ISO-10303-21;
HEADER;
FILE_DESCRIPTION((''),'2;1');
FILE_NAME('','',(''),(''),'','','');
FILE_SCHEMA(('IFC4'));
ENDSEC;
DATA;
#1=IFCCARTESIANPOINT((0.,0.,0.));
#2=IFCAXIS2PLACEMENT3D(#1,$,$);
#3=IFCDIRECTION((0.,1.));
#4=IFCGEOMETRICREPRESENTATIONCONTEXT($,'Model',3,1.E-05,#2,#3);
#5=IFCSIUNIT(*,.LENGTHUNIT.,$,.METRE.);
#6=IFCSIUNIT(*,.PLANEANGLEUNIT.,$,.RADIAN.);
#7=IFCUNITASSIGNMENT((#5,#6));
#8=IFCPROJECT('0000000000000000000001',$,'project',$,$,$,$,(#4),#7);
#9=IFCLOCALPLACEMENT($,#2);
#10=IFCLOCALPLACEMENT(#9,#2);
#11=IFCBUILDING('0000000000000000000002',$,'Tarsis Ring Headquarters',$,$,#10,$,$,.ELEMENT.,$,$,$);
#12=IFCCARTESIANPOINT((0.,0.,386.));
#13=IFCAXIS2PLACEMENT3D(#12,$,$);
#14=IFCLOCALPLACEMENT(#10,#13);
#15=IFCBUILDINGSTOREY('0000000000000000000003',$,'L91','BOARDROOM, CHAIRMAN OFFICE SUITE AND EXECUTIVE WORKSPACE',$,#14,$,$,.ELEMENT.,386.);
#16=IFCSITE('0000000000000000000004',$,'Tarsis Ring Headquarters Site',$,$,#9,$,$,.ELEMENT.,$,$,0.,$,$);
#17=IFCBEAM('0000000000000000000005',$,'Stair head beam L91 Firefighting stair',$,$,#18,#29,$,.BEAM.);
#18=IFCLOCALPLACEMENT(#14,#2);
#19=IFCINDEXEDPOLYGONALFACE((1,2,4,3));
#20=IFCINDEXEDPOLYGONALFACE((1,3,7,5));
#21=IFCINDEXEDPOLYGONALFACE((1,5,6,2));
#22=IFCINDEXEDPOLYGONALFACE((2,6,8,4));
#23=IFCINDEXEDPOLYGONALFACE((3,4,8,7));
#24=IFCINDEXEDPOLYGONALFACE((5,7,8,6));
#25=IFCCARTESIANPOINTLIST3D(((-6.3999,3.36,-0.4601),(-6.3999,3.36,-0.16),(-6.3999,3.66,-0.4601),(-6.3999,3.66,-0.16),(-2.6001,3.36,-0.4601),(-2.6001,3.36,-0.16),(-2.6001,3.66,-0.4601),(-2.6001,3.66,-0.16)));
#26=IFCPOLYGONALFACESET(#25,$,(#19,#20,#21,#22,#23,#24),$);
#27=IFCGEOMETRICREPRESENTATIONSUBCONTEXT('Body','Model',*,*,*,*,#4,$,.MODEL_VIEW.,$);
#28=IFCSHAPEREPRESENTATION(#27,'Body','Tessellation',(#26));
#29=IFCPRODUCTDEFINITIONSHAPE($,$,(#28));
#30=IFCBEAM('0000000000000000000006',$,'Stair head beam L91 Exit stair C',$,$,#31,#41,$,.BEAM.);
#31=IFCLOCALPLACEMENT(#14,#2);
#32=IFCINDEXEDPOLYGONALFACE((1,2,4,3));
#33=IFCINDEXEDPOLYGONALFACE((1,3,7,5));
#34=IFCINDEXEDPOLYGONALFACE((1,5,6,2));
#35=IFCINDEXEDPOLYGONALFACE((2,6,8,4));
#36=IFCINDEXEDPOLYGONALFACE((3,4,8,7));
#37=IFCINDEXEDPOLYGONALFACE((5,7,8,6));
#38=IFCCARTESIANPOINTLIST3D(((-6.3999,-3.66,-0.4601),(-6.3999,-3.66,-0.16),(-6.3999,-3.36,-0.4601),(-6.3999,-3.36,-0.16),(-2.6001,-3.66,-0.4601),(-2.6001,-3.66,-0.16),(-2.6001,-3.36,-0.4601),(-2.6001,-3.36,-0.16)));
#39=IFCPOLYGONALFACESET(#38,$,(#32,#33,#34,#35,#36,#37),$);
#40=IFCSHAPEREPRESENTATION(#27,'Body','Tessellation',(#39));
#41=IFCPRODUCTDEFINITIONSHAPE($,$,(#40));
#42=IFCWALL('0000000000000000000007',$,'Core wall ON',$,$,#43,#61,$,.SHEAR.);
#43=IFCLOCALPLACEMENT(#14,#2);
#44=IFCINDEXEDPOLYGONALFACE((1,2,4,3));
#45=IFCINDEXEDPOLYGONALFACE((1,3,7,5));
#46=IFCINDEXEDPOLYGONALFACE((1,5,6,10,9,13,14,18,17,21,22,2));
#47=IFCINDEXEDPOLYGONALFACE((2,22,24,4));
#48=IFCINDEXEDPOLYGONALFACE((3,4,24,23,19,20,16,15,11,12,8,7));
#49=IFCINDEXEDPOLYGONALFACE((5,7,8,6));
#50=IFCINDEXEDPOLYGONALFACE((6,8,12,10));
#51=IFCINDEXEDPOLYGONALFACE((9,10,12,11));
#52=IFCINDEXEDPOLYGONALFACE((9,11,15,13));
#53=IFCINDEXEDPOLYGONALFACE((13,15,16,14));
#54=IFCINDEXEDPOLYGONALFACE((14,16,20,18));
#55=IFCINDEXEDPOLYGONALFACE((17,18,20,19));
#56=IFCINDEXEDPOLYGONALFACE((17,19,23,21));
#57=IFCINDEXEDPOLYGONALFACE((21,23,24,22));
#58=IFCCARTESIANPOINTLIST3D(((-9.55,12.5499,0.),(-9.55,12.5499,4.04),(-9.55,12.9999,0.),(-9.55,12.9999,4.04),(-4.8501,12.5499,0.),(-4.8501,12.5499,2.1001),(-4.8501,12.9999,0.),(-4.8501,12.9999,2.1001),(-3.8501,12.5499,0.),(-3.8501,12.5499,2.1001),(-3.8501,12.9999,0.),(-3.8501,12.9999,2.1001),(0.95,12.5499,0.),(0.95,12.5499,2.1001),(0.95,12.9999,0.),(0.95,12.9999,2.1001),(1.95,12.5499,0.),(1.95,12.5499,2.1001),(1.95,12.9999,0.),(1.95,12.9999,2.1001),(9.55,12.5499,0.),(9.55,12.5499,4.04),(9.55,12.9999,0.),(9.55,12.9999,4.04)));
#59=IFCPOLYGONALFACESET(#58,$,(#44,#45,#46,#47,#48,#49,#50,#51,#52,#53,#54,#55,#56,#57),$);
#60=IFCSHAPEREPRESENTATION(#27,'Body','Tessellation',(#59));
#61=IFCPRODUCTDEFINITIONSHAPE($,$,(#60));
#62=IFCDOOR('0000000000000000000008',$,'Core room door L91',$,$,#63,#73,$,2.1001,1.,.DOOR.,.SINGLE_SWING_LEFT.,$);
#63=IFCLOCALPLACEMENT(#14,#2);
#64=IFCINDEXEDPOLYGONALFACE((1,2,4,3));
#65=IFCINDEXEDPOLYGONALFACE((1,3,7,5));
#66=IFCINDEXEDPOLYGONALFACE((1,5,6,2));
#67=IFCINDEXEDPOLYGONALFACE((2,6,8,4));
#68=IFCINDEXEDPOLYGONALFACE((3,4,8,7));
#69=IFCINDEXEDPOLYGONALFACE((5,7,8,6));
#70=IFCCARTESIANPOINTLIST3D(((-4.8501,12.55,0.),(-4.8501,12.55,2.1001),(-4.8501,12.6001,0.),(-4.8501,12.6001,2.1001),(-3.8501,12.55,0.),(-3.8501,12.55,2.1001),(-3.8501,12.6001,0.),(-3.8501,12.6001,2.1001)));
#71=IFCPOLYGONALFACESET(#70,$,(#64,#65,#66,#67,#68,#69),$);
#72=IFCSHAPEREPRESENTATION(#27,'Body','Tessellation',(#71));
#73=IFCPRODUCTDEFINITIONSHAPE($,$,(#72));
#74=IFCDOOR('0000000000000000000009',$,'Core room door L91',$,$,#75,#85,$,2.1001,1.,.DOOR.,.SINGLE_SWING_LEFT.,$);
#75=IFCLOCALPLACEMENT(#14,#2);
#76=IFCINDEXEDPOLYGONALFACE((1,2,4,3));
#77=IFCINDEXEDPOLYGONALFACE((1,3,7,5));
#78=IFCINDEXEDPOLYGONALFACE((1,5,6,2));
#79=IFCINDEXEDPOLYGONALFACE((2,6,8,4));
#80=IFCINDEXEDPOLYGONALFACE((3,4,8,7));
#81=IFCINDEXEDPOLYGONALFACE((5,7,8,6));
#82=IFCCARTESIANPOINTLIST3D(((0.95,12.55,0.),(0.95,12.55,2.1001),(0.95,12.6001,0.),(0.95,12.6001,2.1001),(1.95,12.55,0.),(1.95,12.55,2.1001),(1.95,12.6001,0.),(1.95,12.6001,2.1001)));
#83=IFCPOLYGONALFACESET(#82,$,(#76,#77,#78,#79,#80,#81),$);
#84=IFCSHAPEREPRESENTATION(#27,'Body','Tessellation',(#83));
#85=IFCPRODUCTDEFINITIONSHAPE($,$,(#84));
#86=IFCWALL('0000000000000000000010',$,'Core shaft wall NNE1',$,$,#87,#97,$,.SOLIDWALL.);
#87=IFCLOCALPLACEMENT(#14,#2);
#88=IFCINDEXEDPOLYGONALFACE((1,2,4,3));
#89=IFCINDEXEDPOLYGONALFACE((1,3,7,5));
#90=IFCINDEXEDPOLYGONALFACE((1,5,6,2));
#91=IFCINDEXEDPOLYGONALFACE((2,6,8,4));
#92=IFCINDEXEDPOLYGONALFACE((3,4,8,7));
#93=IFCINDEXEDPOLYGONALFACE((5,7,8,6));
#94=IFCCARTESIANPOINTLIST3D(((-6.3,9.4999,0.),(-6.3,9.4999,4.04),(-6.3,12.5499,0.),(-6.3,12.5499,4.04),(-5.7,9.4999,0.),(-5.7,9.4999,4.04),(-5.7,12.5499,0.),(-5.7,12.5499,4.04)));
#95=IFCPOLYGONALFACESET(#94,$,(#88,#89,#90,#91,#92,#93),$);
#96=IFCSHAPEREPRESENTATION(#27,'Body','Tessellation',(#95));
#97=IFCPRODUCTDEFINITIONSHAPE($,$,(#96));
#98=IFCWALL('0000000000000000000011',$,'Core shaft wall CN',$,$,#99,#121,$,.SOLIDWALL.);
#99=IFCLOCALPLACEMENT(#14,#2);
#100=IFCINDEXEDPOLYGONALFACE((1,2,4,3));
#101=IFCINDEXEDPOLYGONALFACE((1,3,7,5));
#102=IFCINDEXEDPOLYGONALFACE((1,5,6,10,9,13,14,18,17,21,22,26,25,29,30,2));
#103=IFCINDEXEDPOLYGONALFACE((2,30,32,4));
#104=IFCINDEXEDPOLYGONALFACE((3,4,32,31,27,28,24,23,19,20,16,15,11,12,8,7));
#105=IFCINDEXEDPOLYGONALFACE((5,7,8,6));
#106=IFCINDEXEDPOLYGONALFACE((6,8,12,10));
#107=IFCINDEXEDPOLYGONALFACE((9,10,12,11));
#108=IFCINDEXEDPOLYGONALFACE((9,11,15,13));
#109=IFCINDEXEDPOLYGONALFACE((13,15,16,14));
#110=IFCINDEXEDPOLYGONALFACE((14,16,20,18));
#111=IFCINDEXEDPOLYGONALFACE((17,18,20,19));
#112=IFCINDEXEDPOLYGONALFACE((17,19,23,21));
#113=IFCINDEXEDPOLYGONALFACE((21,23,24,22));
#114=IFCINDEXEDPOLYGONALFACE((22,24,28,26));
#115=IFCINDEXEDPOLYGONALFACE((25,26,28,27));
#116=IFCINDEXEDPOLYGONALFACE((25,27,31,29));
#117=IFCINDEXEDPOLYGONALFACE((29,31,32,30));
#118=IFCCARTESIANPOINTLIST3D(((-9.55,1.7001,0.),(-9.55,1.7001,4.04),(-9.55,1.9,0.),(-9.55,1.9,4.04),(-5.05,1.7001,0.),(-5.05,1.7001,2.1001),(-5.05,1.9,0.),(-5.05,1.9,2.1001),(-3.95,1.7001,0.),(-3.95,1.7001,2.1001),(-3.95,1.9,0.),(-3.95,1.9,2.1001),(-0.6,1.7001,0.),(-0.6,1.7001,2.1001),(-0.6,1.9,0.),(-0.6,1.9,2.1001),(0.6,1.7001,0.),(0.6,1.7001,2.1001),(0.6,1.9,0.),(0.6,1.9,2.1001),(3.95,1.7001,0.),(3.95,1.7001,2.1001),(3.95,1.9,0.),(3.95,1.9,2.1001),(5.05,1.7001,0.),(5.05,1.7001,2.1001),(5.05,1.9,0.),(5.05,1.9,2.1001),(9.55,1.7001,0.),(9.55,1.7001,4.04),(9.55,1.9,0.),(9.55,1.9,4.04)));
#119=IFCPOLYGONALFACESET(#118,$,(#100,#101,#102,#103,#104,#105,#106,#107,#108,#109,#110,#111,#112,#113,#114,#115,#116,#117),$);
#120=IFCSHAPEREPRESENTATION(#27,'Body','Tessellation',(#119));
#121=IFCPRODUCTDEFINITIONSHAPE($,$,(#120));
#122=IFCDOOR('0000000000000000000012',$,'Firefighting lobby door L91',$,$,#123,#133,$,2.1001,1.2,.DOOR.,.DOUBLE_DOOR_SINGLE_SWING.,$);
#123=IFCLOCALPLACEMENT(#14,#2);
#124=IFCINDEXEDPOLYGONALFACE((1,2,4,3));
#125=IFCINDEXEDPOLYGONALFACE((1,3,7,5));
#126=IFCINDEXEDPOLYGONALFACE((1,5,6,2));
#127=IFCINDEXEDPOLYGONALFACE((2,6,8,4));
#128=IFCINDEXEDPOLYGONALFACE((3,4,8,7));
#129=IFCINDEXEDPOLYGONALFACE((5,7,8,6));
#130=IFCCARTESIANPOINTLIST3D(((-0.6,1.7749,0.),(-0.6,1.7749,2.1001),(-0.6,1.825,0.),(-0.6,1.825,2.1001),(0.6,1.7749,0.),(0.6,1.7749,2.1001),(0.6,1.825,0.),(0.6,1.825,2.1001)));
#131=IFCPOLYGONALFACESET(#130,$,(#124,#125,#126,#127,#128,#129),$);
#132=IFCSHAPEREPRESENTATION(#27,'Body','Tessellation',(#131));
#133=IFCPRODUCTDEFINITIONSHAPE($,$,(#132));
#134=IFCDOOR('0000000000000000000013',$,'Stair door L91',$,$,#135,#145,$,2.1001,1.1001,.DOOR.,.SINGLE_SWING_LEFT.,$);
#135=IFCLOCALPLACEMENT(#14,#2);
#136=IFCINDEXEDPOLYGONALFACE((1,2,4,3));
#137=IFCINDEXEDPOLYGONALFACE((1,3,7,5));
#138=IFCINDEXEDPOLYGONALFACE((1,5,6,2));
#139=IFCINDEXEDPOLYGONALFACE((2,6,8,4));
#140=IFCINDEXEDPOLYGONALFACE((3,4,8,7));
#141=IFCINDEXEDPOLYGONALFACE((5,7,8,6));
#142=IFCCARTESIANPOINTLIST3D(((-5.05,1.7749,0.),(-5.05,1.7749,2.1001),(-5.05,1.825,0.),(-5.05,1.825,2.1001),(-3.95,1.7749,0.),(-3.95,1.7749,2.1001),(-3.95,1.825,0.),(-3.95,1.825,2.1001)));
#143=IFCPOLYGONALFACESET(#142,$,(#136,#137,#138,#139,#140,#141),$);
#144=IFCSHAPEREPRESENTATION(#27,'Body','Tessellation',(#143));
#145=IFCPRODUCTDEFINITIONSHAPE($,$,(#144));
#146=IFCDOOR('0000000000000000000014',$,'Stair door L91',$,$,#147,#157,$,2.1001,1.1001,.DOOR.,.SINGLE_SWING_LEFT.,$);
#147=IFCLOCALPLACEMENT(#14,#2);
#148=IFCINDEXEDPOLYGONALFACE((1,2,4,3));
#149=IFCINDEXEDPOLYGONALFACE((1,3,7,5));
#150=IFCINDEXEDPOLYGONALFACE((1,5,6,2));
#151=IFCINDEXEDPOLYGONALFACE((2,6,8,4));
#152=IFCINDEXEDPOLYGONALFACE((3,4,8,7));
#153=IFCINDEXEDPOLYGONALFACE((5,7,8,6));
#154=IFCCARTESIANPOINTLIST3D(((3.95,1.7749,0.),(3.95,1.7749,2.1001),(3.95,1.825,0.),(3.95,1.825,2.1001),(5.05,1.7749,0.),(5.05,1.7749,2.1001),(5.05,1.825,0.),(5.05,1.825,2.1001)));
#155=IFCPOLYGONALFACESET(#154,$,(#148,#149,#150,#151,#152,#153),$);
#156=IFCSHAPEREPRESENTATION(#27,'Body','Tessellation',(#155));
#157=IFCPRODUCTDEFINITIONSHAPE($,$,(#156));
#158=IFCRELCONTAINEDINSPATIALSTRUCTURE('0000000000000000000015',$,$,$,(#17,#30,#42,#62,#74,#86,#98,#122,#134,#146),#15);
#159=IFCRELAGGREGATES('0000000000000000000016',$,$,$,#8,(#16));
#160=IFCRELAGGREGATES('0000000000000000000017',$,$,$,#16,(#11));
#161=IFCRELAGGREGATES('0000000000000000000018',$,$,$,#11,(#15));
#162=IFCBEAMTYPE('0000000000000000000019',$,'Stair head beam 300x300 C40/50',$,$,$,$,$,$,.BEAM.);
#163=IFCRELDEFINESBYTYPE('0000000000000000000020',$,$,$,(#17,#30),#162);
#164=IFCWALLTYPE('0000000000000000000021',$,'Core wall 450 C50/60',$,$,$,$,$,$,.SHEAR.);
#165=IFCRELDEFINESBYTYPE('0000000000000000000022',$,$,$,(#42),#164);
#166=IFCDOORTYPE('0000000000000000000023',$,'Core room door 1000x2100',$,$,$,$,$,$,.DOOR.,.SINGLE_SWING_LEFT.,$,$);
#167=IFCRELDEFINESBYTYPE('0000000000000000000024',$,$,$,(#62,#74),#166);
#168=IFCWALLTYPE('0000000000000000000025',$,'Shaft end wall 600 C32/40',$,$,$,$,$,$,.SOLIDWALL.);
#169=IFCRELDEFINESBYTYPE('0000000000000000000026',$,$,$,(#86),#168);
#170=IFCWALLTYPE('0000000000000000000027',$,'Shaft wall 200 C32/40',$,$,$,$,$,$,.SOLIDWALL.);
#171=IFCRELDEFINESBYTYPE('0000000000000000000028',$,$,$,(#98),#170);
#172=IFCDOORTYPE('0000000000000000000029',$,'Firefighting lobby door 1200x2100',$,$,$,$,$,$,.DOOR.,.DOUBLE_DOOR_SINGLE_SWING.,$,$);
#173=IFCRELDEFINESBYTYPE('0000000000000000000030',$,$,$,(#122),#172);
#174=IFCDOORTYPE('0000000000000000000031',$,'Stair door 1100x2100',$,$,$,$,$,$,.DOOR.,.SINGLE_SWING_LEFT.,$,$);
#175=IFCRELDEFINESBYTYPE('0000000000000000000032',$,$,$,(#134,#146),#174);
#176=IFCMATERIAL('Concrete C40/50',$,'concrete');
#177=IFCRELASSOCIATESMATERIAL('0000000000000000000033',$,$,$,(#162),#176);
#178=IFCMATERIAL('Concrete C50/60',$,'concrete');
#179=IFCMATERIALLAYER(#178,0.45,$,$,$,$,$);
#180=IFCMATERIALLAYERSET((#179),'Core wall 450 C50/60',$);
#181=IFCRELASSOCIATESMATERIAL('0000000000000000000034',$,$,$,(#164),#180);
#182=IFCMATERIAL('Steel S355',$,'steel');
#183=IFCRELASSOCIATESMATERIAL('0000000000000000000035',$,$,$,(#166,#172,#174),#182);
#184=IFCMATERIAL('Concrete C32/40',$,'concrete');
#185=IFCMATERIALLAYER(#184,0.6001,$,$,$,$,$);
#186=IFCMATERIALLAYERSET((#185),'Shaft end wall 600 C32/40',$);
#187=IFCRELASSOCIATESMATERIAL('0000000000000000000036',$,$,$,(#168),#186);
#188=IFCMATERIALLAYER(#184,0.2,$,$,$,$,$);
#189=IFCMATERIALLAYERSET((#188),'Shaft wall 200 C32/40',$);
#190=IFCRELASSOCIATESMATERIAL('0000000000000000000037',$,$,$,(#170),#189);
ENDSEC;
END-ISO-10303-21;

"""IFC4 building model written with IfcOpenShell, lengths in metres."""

from ifc_helpers import new_model, si_unit, direction, frame, frame_2d, origin, origin_2d, place, context, subcontext, project, spatial, rectangle, extrude, material, layer, layer_set, material_profile, profile_set, type_object, element, fill, save


model = new_model("IFC4")

# Units and contexts
model_context = context("Model", 3, precision=1e-05, world=origin(), true_north=direction((0.0, 1.0)))
body_context = subcontext(model_context, "Body", "Model", "MODEL_VIEW")
ifc_project = project(units=[si_unit("LENGTHUNIT", "METRE"), si_unit("PLANEANGLEUNIT", "RADIAN")], contexts=[model_context])

# Site, building, storey
site_placement = place(None, origin())
site = spatial("IfcSite", under=ifc_project, at=site_placement, Name="Tarsis Ring Headquarters Site", CompositionType="ELEMENT", RefElevation=0.0)
building_placement = place(site_placement, origin())
building = spatial("IfcBuilding", under=site, at=building_placement, Name="Tarsis Ring Headquarters", CompositionType="ELEMENT")
storey_placement = place(building_placement, frame((0.0, 0.0, 386.0)))
storey = spatial("IfcBuildingStorey", under=building, at=storey_placement, Name="L91", Description="BOARDROOM, CHAIRMAN OFFICE SUITE AND EXECUTIVE WORKSPACE", CompositionType="ELEMENT", Elevation=386.0)

# Beams
ifc_material_1 = material(Name="Concrete C40/50", Category="concrete")
ifc_material_profile = material_profile(ifc_material_1, rectangle(XDim=0.3, YDim=0.3, at=origin_2d()), Name="Stair head beam 300x300 C40/50")
ifc_profile_set = profile_set([ifc_material_profile], Name="Concrete C40/50")
beam_type = type_object("IfcBeamType", Name="Stair head beam 300x300 C40/50", PredefinedType="BEAM", material=ifc_profile_set)
for number, where, z_axis, x_axis, name in (
    (1, (-6.3999, 3.51, -0.3101), (1.0, 0.0, 0.0), (0.0, 1.0, 0.0), "Stair head beam L91 Firefighting stair"),
    (2, (-6.3999, -3.51, -0.3101), (1.0, 0.0, 0.0), (0.0, 1.0, 0.0), "Stair head beam L91 Exit stair C"),
):
    element("IfcBeam", number, at=place(storey_placement, frame(where, z_axis=z_axis, x_axis=x_axis)), inside=storey, type_object=beam_type, Name=name, PredefinedType="BEAM", context=body_context, shape_type="SweptSolid", body=[
        extrude(rectangle(XDim=0.3, YDim=0.3, at=origin_2d()), origin(), (0.0, 0.0, 1.0), 3.7998),
    ])

# Wall, openings, doors
ifc_material_2 = material(Name="Concrete C50/60", Category="concrete")
ifc_layer_1 = layer(ifc_material_2, 0.45)
ifc_layer_set_1 = layer_set([ifc_layer_1], Name="Core wall 450 C50/60")
wall_type_1 = type_object("IfcWallType", Name="Core wall 450 C50/60", PredefinedType="SHEAR", material=ifc_layer_set_1)
wall_1_placement = place(storey_placement, frame((-9.55, 12.7749, 0.0), z_axis=(0.0, 0.0, 1.0), x_axis=(1.0, 0.0, 0.0)))
wall_1 = element("IfcWall", 3, at=wall_1_placement, inside=storey, type_object=wall_type_1, Name="Core wall ON", PredefinedType="SHEAR", context=body_context, shape_type="SweptSolid", body=[
    extrude(rectangle(XDim=19.1001, YDim=0.45, at=frame_2d((9.55, 0.0))), origin(), (0.0, 0.0, 1.0), 4.04),
])
opening_1_placement = place(wall_1_placement, frame((4.7, 0.0, 0.0)))
opening_1 = element("IfcOpeningElement", 4, at=opening_1_placement, cuts=wall_1, PredefinedType="OPENING", context=body_context, shape_type="SweptSolid", body=[
    extrude(rectangle(XDim=1.0, YDim=2.1001, at=frame_2d((0.5, 1.05))), frame((0.0, 0.2349, 0.0), z_axis=(0.0, -1.0, 0.0), x_axis=(1.0, 0.0, 0.0)), (0.0, 0.0, 1.0), 0.47),
])
opening_2_placement = place(wall_1_placement, frame((10.5, 0.0, 0.0)))
opening_2 = element("IfcOpeningElement", 5, at=opening_2_placement, cuts=wall_1, PredefinedType="OPENING", context=body_context, shape_type="SweptSolid", body=[
    extrude(rectangle(XDim=1.0, YDim=2.1001, at=frame_2d((0.5, 1.05))), frame((0.0, 0.2349, 0.0), z_axis=(0.0, -1.0, 0.0), x_axis=(1.0, 0.0, 0.0)), (0.0, 0.0, 1.0), 0.47),
])
ifc_material_3 = material(Name="Steel S355", Category="steel")
door_type_1 = type_object("IfcDoorType", Name="Core room door 1000x2100", OperationType="SINGLE_SWING_LEFT", PredefinedType="DOOR", material=ifc_material_3)
door_1_placement = place(opening_1_placement, origin())
door_1 = element("IfcDoor", 6, at=door_1_placement, inside=storey, type_object=door_type_1, Name="Core room door L91", OperationType="SINGLE_SWING_LEFT", OverallHeight=2.1001, OverallWidth=1.0, PredefinedType="DOOR", context=body_context, shape_type="SweptSolid", body=[
    extrude(rectangle(XDim=1.0, YDim=2.1001, at=frame_2d((0.5, 1.05))), frame((0.0, -0.1748, 0.0), z_axis=(0.0, -1.0, 0.0), x_axis=(1.0, 0.0, 0.0)), (0.0, 0.0, 1.0), 0.05),
])
fill(opening_1, door_1)
door_2_placement = place(opening_2_placement, origin())
door_2 = element("IfcDoor", 7, at=door_2_placement, inside=storey, type_object=door_type_1, Name="Core room door L91", OperationType="SINGLE_SWING_LEFT", OverallHeight=2.1001, OverallWidth=1.0, PredefinedType="DOOR", context=body_context, shape_type="SweptSolid", body=[
    extrude(rectangle(XDim=1.0, YDim=2.1001, at=frame_2d((0.5, 1.05))), frame((0.0, -0.1748, 0.0), z_axis=(0.0, -1.0, 0.0), x_axis=(1.0, 0.0, 0.0)), (0.0, 0.0, 1.0), 0.05),
])
fill(opening_2, door_2)

# Wall
ifc_material_4 = material(Name="Concrete C32/40", Category="concrete")
ifc_layer_2 = layer(ifc_material_4, 0.6001)
ifc_layer_set_2 = layer_set([ifc_layer_2], Name="Shaft end wall 600 C32/40")
wall_type_2 = type_object("IfcWallType", Name="Shaft end wall 600 C32/40", PredefinedType="SOLIDWALL", material=ifc_layer_set_2)
wall_2_placement = place(storey_placement, frame((-6.0, 9.5, 0.0), z_axis=(0.0, 0.0, 1.0), x_axis=(0.0, 1.0, 0.0)))
element("IfcWall", 8, at=wall_2_placement, inside=storey, type_object=wall_type_2, Name="Core shaft wall NNE1", PredefinedType="SOLIDWALL", context=body_context, shape_type="SweptSolid", body=[
    extrude(rectangle(XDim=3.05, YDim=0.6001, at=frame_2d((1.5249, 0.0))), origin(), (0.0, 0.0, 1.0), 4.04),
])

# Wall, openings, doors
ifc_layer_3 = layer(ifc_material_4, 0.2)
ifc_layer_set_3 = layer_set([ifc_layer_3], Name="Shaft wall 200 C32/40")
wall_type_3 = type_object("IfcWallType", Name="Shaft wall 200 C32/40", PredefinedType="SOLIDWALL", material=ifc_layer_set_3)
wall_3_placement = place(storey_placement, frame((-9.55, 1.8, 0.0), z_axis=(0.0, 0.0, 1.0), x_axis=(1.0, 0.0, 0.0)))
wall_3 = element("IfcWall", 9, at=wall_3_placement, inside=storey, type_object=wall_type_3, Name="Core shaft wall CN", PredefinedType="SOLIDWALL", context=body_context, shape_type="SweptSolid", body=[
    extrude(rectangle(XDim=19.1001, YDim=0.2, at=frame_2d((9.55, 0.0))), origin(), (0.0, 0.0, 1.0), 4.04),
])
opening_3_placement = place(wall_3_placement, frame((4.5, 0.0, 0.0)))
opening_3 = element("IfcOpeningElement", 10, at=opening_3_placement, cuts=wall_3, PredefinedType="OPENING", context=body_context, shape_type="SweptSolid", body=[
    extrude(rectangle(XDim=1.1001, YDim=2.1001, at=frame_2d((0.55, 1.05))), frame((0.0, 0.1099, 0.0), z_axis=(0.0, -1.0, 0.0), x_axis=(1.0, 0.0, 0.0)), (0.0, 0.0, 1.0), 0.22),
])
opening_4_placement = place(wall_3_placement, frame((8.95, 0.0, 0.0)))
opening_4 = element("IfcOpeningElement", 11, at=opening_4_placement, cuts=wall_3, PredefinedType="OPENING", context=body_context, shape_type="SweptSolid", body=[
    extrude(rectangle(XDim=1.2, YDim=2.1001, at=frame_2d((0.6001, 1.05))), frame((0.0, 0.1099, 0.0), z_axis=(0.0, -1.0, 0.0), x_axis=(1.0, 0.0, 0.0)), (0.0, 0.0, 1.0), 0.22),
])
opening_5_placement = place(wall_3_placement, frame((13.5, 0.0, 0.0)))
opening_5 = element("IfcOpeningElement", 12, at=opening_5_placement, cuts=wall_3, PredefinedType="OPENING", context=body_context, shape_type="SweptSolid", body=[
    extrude(rectangle(XDim=1.1001, YDim=2.1001, at=frame_2d((0.55, 1.05))), frame((0.0, 0.1099, 0.0), z_axis=(0.0, -1.0, 0.0), x_axis=(1.0, 0.0, 0.0)), (0.0, 0.0, 1.0), 0.22),
])
door_type_2 = type_object("IfcDoorType", Name="Firefighting lobby door 1200x2100", OperationType="DOUBLE_DOOR_SINGLE_SWING", PredefinedType="DOOR", material=ifc_material_3)
door_3_placement = place(opening_4_placement, origin())
door_3 = element("IfcDoor", 13, at=door_3_placement, inside=storey, type_object=door_type_2, Name="Firefighting lobby door L91", OperationType="DOUBLE_DOOR_SINGLE_SWING", OverallHeight=2.1001, OverallWidth=1.2, PredefinedType="DOOR", context=body_context, shape_type="SweptSolid", body=[
    extrude(rectangle(XDim=1.2, YDim=2.1001, at=frame_2d((0.6001, 1.05))), frame((0.0, 0.0249, 0.0), z_axis=(0.0, -1.0, 0.0), x_axis=(1.0, 0.0, 0.0)), (0.0, 0.0, 1.0), 0.05),
])
fill(opening_4, door_3)
door_type_3 = type_object("IfcDoorType", Name="Stair door 1100x2100", OperationType="SINGLE_SWING_LEFT", PredefinedType="DOOR", material=ifc_material_3)
door_4_placement = place(opening_3_placement, origin())
door_4 = element("IfcDoor", 14, at=door_4_placement, inside=storey, type_object=door_type_3, Name="Stair door L91", OperationType="SINGLE_SWING_LEFT", OverallHeight=2.1001, OverallWidth=1.1001, PredefinedType="DOOR", context=body_context, shape_type="SweptSolid", body=[
    extrude(rectangle(XDim=1.1001, YDim=2.1001, at=frame_2d((0.55, 1.05))), frame((0.0, 0.0249, 0.0), z_axis=(0.0, -1.0, 0.0), x_axis=(1.0, 0.0, 0.0)), (0.0, 0.0, 1.0), 0.05),
])
fill(opening_3, door_4)
door_5_placement = place(opening_5_placement, origin())
door_5 = element("IfcDoor", 15, at=door_5_placement, inside=storey, type_object=door_type_3, Name="Stair door L91", OperationType="SINGLE_SWING_LEFT", OverallHeight=2.1001, OverallWidth=1.1001, PredefinedType="DOOR", context=body_context, shape_type="SweptSolid", body=[
    extrude(rectangle(XDim=1.1001, YDim=2.1001, at=frame_2d((0.55, 1.05))), frame((0.0, 0.0249, 0.0), z_axis=(0.0, -1.0, 0.0), x_axis=(1.0, 0.0, 0.0)), (0.0, 0.0, 1.0), 0.05),
])
fill(opening_5, door_5)

save(model, "model.ifc")
